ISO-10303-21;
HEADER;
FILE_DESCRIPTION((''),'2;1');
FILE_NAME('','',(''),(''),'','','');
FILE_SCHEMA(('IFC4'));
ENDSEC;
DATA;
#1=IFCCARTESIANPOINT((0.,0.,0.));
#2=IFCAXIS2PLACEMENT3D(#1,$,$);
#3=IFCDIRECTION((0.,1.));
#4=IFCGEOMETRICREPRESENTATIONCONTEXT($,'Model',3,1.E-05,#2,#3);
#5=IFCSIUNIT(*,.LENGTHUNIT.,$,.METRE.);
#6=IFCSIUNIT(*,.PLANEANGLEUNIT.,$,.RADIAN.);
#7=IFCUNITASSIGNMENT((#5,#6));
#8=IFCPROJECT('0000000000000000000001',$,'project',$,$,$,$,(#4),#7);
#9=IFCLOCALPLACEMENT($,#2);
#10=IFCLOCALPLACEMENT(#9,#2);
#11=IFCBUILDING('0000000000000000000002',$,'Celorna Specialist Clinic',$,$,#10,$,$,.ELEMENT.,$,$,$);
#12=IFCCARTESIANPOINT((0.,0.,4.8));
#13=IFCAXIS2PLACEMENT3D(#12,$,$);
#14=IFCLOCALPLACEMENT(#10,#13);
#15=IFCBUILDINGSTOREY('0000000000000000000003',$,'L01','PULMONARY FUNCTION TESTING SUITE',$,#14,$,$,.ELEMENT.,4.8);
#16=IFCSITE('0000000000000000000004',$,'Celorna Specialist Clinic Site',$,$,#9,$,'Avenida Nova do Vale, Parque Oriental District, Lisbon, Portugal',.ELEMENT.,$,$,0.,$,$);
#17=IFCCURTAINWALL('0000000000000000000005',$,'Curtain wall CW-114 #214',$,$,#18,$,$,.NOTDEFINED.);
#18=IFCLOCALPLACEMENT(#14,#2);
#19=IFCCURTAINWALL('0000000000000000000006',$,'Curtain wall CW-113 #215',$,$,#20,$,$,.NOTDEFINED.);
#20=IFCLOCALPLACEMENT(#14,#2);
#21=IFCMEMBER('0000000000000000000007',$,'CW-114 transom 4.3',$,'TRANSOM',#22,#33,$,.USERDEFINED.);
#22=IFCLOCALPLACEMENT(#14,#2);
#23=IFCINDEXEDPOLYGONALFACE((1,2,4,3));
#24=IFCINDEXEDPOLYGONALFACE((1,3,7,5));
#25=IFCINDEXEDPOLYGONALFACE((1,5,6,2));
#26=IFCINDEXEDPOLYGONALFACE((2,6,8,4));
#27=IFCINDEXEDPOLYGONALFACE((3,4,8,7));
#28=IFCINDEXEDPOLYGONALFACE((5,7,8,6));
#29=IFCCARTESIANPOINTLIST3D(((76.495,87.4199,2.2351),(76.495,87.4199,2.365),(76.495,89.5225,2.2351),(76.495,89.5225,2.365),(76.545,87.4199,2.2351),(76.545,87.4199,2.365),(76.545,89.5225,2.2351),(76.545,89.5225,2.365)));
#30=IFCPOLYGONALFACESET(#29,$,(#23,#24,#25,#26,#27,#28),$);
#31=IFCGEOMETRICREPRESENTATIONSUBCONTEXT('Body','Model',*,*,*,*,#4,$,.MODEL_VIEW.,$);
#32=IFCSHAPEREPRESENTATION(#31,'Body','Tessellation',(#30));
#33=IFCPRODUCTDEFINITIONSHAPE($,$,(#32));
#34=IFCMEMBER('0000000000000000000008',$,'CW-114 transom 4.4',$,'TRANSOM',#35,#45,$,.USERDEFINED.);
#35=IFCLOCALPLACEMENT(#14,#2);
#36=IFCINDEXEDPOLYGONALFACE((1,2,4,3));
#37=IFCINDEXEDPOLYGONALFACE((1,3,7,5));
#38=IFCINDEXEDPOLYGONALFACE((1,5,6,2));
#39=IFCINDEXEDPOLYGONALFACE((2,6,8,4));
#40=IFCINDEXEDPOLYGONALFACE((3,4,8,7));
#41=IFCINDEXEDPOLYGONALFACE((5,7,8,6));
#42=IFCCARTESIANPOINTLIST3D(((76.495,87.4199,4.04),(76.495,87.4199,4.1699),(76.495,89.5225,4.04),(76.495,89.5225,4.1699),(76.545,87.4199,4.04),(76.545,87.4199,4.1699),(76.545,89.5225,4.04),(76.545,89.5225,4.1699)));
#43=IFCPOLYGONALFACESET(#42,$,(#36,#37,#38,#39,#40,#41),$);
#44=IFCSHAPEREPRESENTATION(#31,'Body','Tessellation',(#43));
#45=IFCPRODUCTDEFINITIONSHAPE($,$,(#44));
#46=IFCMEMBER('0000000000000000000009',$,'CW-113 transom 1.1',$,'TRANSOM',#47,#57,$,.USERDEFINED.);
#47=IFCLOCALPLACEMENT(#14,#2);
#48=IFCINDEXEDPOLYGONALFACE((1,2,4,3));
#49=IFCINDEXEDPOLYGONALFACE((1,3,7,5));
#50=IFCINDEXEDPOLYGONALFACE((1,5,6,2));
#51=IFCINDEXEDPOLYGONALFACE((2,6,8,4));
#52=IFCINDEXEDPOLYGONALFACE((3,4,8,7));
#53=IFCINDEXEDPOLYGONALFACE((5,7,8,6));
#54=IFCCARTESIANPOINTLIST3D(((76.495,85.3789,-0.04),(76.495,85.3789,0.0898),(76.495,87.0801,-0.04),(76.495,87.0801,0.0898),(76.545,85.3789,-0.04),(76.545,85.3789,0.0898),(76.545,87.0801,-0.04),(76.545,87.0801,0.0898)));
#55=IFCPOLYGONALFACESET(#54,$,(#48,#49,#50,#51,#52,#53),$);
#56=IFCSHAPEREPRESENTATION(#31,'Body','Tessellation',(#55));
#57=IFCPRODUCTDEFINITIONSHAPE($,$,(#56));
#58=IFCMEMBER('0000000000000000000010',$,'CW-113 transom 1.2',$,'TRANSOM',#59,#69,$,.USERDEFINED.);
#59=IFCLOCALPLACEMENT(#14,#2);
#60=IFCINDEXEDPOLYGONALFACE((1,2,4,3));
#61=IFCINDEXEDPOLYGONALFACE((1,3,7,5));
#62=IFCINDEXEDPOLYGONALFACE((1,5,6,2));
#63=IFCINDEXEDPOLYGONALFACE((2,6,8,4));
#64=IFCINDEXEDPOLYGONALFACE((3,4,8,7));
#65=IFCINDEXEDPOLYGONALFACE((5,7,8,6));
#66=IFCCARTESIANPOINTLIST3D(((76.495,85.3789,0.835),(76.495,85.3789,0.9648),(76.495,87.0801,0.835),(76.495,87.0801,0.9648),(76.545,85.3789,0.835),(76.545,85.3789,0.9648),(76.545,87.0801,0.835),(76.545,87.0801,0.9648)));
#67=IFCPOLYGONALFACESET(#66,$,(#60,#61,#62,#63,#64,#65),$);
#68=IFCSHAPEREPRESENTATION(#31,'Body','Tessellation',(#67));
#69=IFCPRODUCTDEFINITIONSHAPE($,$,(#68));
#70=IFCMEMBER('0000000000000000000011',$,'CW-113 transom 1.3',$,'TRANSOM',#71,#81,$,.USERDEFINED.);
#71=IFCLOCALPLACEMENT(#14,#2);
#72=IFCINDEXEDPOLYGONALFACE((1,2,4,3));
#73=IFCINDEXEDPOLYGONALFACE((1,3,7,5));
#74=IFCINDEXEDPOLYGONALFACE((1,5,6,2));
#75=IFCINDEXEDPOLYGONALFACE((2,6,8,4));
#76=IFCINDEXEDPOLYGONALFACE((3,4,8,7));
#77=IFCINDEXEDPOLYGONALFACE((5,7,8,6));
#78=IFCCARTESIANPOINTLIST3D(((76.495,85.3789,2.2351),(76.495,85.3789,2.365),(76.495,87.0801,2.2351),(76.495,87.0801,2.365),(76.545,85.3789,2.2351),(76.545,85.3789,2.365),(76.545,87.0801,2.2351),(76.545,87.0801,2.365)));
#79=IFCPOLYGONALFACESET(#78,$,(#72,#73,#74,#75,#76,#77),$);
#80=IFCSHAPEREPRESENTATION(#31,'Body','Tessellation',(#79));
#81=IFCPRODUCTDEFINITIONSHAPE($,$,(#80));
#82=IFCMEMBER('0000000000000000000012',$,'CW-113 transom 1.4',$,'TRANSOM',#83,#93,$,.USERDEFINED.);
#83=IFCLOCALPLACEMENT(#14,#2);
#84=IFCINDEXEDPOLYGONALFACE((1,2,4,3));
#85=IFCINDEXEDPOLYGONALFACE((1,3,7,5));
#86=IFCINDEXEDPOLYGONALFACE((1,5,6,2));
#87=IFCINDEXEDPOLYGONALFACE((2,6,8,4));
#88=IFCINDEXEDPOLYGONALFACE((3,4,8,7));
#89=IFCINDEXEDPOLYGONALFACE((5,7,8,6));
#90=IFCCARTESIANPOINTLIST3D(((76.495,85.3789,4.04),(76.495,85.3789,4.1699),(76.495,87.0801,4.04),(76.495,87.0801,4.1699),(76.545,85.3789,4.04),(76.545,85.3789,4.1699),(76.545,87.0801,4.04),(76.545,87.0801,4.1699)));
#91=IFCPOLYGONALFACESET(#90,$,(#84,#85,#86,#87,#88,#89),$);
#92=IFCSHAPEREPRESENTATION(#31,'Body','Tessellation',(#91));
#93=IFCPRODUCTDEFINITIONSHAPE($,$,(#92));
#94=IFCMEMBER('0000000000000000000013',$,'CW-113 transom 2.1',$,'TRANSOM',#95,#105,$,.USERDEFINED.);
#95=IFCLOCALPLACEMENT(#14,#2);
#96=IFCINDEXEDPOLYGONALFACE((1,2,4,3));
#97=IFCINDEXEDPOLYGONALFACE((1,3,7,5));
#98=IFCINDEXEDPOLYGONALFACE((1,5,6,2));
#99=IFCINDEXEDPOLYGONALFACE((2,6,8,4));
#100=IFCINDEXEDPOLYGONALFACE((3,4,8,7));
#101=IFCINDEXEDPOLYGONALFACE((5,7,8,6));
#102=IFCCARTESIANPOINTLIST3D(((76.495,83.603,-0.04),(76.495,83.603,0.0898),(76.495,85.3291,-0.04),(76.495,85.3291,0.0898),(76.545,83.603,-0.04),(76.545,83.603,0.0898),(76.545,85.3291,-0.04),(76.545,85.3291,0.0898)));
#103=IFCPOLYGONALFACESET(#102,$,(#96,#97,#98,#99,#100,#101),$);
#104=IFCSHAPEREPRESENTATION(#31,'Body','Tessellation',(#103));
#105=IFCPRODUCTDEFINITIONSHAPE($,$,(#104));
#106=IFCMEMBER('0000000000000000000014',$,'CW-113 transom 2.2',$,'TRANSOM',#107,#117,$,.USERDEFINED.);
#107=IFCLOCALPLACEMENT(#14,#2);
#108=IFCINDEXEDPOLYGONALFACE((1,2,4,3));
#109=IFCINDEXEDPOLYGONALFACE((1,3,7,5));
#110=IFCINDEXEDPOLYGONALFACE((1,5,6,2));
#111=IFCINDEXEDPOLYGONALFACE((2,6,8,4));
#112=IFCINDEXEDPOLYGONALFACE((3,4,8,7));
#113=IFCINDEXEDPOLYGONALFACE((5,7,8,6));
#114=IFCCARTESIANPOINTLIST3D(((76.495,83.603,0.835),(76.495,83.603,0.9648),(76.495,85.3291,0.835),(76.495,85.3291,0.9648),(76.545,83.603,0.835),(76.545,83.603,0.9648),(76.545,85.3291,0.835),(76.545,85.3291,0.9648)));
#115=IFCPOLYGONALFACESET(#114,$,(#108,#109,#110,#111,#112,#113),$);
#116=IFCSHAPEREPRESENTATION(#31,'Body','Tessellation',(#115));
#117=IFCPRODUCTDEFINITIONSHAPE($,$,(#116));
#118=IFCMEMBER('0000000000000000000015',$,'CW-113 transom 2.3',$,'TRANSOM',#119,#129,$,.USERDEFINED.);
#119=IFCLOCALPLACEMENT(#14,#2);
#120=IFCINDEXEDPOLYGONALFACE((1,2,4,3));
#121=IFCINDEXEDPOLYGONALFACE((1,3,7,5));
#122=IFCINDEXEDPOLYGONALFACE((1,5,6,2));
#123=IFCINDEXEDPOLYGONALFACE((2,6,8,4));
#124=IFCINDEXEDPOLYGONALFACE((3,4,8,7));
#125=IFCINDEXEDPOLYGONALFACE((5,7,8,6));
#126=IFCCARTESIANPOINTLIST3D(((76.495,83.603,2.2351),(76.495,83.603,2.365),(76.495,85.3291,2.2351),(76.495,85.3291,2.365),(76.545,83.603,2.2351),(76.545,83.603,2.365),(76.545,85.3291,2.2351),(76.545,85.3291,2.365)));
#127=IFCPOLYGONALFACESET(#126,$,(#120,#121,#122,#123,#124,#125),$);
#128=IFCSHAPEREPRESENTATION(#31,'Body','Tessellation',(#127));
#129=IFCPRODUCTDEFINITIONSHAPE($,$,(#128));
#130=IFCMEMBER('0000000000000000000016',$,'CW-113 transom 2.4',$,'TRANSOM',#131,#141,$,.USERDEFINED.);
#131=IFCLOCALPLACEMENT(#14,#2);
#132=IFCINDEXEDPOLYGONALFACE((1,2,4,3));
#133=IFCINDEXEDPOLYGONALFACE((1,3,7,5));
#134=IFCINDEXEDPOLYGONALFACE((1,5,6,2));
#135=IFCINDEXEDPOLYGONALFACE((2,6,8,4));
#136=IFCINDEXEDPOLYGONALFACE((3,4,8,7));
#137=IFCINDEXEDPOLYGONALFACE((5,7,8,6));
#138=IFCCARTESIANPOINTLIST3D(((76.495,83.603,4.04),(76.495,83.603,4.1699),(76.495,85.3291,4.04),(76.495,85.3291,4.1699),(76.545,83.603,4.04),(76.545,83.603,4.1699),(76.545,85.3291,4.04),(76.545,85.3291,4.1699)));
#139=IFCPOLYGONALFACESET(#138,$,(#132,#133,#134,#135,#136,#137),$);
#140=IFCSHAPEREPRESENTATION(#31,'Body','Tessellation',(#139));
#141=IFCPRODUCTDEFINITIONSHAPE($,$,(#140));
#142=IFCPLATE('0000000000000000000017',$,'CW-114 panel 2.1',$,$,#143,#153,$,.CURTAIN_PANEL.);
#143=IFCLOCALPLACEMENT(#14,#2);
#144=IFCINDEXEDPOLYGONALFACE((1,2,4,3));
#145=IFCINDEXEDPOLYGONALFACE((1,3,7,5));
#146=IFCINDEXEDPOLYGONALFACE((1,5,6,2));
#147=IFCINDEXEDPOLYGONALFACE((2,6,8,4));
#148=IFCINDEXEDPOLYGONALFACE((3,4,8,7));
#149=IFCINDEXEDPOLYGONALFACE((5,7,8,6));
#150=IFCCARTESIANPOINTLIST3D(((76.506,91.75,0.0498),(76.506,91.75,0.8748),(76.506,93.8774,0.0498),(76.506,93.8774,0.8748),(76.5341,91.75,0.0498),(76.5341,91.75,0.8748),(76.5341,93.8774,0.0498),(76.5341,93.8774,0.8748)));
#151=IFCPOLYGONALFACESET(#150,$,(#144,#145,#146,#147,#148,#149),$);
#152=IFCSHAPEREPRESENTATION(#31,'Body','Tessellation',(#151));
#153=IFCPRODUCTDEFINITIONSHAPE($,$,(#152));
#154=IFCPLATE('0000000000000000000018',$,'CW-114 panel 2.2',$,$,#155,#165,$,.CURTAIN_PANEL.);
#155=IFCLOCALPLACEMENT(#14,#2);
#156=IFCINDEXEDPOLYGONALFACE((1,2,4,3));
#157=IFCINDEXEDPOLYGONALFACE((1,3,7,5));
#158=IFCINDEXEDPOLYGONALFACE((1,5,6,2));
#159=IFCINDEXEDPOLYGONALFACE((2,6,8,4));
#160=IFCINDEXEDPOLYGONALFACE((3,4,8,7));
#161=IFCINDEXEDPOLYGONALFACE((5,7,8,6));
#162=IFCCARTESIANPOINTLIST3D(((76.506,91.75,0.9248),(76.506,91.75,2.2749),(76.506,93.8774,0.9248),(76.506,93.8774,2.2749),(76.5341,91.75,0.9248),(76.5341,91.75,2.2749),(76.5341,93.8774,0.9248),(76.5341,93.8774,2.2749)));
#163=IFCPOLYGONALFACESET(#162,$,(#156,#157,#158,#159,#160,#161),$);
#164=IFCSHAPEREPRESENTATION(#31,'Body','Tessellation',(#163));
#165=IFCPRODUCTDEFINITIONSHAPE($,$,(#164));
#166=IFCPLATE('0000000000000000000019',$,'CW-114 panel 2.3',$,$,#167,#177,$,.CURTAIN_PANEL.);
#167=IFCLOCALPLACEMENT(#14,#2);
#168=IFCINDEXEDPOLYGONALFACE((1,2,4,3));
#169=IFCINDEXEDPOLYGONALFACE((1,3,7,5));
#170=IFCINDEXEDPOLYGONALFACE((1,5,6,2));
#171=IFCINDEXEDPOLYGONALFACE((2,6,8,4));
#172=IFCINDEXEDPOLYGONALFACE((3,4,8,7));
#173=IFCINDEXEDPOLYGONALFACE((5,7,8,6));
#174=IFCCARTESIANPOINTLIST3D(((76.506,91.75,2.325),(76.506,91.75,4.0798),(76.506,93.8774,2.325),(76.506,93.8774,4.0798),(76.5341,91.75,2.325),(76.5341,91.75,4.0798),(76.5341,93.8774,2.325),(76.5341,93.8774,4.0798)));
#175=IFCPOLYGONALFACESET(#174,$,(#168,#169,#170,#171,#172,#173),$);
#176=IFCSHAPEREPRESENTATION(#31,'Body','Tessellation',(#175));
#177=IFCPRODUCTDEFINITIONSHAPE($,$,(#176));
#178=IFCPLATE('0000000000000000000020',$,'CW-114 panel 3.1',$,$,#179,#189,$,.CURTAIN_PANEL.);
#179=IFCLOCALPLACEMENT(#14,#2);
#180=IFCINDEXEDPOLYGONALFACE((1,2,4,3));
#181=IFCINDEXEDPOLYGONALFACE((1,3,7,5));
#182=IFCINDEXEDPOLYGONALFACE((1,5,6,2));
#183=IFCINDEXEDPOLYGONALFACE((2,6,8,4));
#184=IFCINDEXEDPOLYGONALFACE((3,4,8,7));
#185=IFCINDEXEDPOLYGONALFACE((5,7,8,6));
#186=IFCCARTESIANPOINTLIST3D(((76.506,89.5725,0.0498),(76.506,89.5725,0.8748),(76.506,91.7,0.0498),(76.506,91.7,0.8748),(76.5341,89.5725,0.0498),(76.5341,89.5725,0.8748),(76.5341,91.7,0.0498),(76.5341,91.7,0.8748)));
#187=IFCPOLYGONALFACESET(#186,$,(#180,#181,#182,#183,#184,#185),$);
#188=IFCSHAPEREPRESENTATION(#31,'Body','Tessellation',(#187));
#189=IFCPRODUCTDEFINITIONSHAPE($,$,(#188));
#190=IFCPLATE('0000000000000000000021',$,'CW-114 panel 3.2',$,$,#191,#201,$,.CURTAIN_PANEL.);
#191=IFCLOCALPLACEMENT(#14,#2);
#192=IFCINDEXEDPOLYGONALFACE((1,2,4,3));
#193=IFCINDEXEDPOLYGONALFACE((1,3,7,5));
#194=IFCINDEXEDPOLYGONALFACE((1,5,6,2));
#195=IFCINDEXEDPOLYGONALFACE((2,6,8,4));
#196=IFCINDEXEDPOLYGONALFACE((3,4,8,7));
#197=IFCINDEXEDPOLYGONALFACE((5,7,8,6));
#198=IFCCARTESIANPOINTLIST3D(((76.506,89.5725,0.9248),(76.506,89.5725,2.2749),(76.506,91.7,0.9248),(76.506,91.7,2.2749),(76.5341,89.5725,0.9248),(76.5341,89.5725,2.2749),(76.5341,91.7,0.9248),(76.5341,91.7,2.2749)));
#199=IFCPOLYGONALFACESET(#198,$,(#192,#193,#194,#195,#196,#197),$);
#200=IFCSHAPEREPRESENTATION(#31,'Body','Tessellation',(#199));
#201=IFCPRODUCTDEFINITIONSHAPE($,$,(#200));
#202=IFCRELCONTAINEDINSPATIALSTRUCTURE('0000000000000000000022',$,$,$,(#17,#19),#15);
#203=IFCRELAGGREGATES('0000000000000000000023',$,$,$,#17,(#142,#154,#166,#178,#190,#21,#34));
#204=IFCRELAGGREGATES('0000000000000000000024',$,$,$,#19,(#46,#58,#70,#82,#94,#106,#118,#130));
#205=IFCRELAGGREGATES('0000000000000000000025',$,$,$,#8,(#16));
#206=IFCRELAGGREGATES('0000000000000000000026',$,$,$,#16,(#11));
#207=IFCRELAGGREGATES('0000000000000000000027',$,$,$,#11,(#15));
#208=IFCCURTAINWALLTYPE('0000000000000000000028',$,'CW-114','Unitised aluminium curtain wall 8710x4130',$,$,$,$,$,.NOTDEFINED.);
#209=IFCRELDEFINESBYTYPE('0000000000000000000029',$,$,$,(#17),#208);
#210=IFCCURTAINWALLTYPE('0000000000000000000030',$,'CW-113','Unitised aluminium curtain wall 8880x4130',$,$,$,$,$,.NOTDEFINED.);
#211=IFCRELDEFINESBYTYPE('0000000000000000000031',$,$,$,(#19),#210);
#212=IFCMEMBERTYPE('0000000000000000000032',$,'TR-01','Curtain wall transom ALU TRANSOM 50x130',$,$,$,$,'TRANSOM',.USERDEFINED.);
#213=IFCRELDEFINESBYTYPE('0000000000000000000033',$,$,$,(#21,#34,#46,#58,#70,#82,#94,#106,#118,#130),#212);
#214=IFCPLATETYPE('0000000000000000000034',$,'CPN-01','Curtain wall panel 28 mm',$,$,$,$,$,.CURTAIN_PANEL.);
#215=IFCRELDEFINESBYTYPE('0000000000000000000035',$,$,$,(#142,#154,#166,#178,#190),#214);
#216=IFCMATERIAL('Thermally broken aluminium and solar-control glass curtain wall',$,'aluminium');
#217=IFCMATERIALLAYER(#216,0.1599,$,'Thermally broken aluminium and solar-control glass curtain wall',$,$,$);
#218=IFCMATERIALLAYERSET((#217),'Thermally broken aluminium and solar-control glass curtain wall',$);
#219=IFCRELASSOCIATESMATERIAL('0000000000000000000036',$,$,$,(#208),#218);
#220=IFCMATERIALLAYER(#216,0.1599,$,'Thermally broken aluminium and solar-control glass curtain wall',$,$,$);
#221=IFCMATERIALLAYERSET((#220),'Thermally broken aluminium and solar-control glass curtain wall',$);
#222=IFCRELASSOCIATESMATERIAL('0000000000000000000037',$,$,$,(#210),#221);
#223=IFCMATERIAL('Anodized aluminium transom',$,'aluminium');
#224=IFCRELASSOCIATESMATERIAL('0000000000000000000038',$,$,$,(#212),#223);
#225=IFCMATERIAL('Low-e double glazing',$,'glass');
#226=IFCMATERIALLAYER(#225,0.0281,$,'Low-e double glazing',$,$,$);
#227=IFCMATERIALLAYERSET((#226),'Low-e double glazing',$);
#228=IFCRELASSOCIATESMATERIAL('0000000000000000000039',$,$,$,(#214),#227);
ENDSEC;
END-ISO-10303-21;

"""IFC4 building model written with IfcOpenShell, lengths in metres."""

from ifc_helpers import new_model, si_unit, direction, frame, origin, origin_2d, place, context, subcontext, project, spatial, rectangle, extrude, material, layer, layer_set, material_profile, profile_set, type_object, element, aggregate, save


model = new_model("IFC4")

# Units and contexts
model_context = context("Model", 3, precision=1e-05, world=origin(), true_north=direction((0.0, 1.0)))
body_context = subcontext(model_context, "Body", "Model", "MODEL_VIEW")
ifc_project = project(units=[si_unit("LENGTHUNIT", "METRE"), si_unit("PLANEANGLEUNIT", "RADIAN")], contexts=[model_context])

# Site, building, storey
site_placement = place(None, origin())
site = spatial("IfcSite", under=ifc_project, at=site_placement, Name="Celorna Specialist Clinic Site", LongName="Avenida Nova do Vale, Parque Oriental District, Lisbon, Portugal", CompositionType="ELEMENT", RefElevation=0.0)
building_placement = place(site_placement, origin())
building = spatial("IfcBuilding", under=site, at=building_placement, Name="Celorna Specialist Clinic", CompositionType="ELEMENT")
storey_placement = place(building_placement, frame((0.0, 0.0, 4.8)))
storey = spatial("IfcBuildingStorey", under=building, at=storey_placement, Name="L01", Description="PULMONARY FUNCTION TESTING SUITE", CompositionType="ELEMENT", Elevation=4.8)

# Curtain walls
ifc_material_1 = material(Name="Thermally broken aluminium and solar-control glass curtain wall", Category="aluminium")
ifc_layer_1 = layer(ifc_material_1, 0.1599, Name="Thermally broken aluminium and solar-control glass curtain wall")
ifc_layer_set_1 = layer_set([ifc_layer_1], Name="Thermally broken aluminium and solar-control glass curtain wall")
curtain_wall_type_1 = type_object("IfcCurtainWallType", Name="CW-114", Description="Unitised aluminium curtain wall 8710x4130", PredefinedType="NOTDEFINED", material=ifc_layer_set_1)
curtain_wall_1_placement = place(storey_placement, origin())
curtain_wall_1 = element("IfcCurtainWall", 1, at=curtain_wall_1_placement, inside=storey, type_object=curtain_wall_type_1, Name="Curtain wall CW-114 #214", PredefinedType="NOTDEFINED")
ifc_layer_2 = layer(ifc_material_1, 0.1599, Name="Thermally broken aluminium and solar-control glass curtain wall")
ifc_layer_set_2 = layer_set([ifc_layer_2], Name="Thermally broken aluminium and solar-control glass curtain wall")
curtain_wall_type_2 = type_object("IfcCurtainWallType", Name="CW-113", Description="Unitised aluminium curtain wall 8880x4130", PredefinedType="NOTDEFINED", material=ifc_layer_set_2)
curtain_wall_2_placement = place(storey_placement, origin())
curtain_wall_2 = element("IfcCurtainWall", 2, at=curtain_wall_2_placement, inside=storey, type_object=curtain_wall_type_2, Name="Curtain wall CW-113 #215", PredefinedType="NOTDEFINED")

# Members
ifc_material_2 = material(Name="Anodized aluminium transom", Category="aluminium")
ifc_material_profile_1 = material_profile(ifc_material_2, rectangle(XDim=0.05, YDim=0.1299, at=origin_2d()), Name="ALU TRANSOM 50x130")
ifc_profile_set_1 = profile_set([ifc_material_profile_1], Name="Anodized aluminium transom")
member_type_1 = type_object("IfcMemberType", Name="TR-01", Description="Curtain wall transom ALU TRANSOM 50x130", ElementType="TRANSOM", PredefinedType="USERDEFINED", material=ifc_profile_set_1)
member_1_placement = place(storey_placement, frame((76.52, 89.5225, 2.3), z_axis=(0.0, -1.0, 0.0), x_axis=(1.0, 0.0, 0.0)))
member_1 = element("IfcMember", 3, at=member_1_placement, type_object=member_type_1, Name="CW-114 transom 4.3", ObjectType="TRANSOM", PredefinedType="USERDEFINED", context=body_context, shape_type="SweptSolid", body=[
    extrude(rectangle(XDim=0.05, YDim=0.1299, at=origin_2d()), origin(), (0.0, 0.0, 1.0), 2.1025),
])
member_2_placement = place(storey_placement, frame((76.52, 89.5225, 4.105), z_axis=(0.0, -1.0, 0.0), x_axis=(1.0, 0.0, 0.0)))
member_2 = element("IfcMember", 4, at=member_2_placement, type_object=member_type_1, Name="CW-114 transom 4.4", ObjectType="TRANSOM", PredefinedType="USERDEFINED", context=body_context, shape_type="SweptSolid", body=[
    extrude(rectangle(XDim=0.05, YDim=0.1299, at=origin_2d()), origin(), (0.0, 0.0, 1.0), 2.1025),
])
member_3_placement = place(storey_placement, frame((76.52, 87.0801, 0.0249), z_axis=(0.0, -1.0, 0.0), x_axis=(1.0, 0.0, 0.0)))
member_3 = element("IfcMember", 5, at=member_3_placement, type_object=member_type_1, Name="CW-113 transom 1.1", ObjectType="TRANSOM", PredefinedType="USERDEFINED", context=body_context, shape_type="SweptSolid", body=[
    extrude(rectangle(XDim=0.05, YDim=0.1299, at=origin_2d()), origin(), (0.0, 0.0, 1.0), 1.7012),
])
member_4_placement = place(storey_placement, frame((76.52, 87.0801, 0.8999), z_axis=(0.0, -1.0, 0.0), x_axis=(1.0, 0.0, 0.0)))
member_4 = element("IfcMember", 6, at=member_4_placement, type_object=member_type_1, Name="CW-113 transom 1.2", ObjectType="TRANSOM", PredefinedType="USERDEFINED", context=body_context, shape_type="SweptSolid", body=[
    extrude(rectangle(XDim=0.05, YDim=0.1299, at=origin_2d()), origin(), (0.0, 0.0, 1.0), 1.7012),
])
member_5_placement = place(storey_placement, frame((76.52, 87.0801, 2.3), z_axis=(0.0, -1.0, 0.0), x_axis=(1.0, 0.0, 0.0)))
member_5 = element("IfcMember", 7, at=member_5_placement, type_object=member_type_1, Name="CW-113 transom 1.3", ObjectType="TRANSOM", PredefinedType="USERDEFINED", context=body_context, shape_type="SweptSolid", body=[
    extrude(rectangle(XDim=0.05, YDim=0.1299, at=origin_2d()), origin(), (0.0, 0.0, 1.0), 1.7012),
])
member_6_placement = place(storey_placement, frame((76.52, 87.0801, 4.105), z_axis=(0.0, -1.0, 0.0), x_axis=(1.0, 0.0, 0.0)))
member_6 = element("IfcMember", 8, at=member_6_placement, type_object=member_type_1, Name="CW-113 transom 1.4", ObjectType="TRANSOM", PredefinedType="USERDEFINED", context=body_context, shape_type="SweptSolid", body=[
    extrude(rectangle(XDim=0.05, YDim=0.1299, at=origin_2d()), origin(), (0.0, 0.0, 1.0), 1.7012),
])
member_7_placement = place(storey_placement, frame((76.52, 85.3291, 0.0249), z_axis=(0.0, -1.0, 0.0), x_axis=(1.0, 0.0, 0.0)))
member_7 = element("IfcMember", 9, at=member_7_placement, type_object=member_type_1, Name="CW-113 transom 2.1", ObjectType="TRANSOM", PredefinedType="USERDEFINED", context=body_context, shape_type="SweptSolid", body=[
    extrude(rectangle(XDim=0.05, YDim=0.1299, at=origin_2d()), origin(), (0.0, 0.0, 1.0), 1.7261),
])
member_8_placement = place(storey_placement, frame((76.52, 85.3291, 0.8999), z_axis=(0.0, -1.0, 0.0), x_axis=(1.0, 0.0, 0.0)))
member_8 = element("IfcMember", 10, at=member_8_placement, type_object=member_type_1, Name="CW-113 transom 2.2", ObjectType="TRANSOM", PredefinedType="USERDEFINED", context=body_context, shape_type="SweptSolid", body=[
    extrude(rectangle(XDim=0.05, YDim=0.1299, at=origin_2d()), origin(), (0.0, 0.0, 1.0), 1.7261),
])
member_9_placement = place(storey_placement, frame((76.52, 85.3291, 2.3), z_axis=(0.0, -1.0, 0.0), x_axis=(1.0, 0.0, 0.0)))
member_9 = element("IfcMember", 11, at=member_9_placement, type_object=member_type_1, Name="CW-113 transom 2.3", ObjectType="TRANSOM", PredefinedType="USERDEFINED", context=body_context, shape_type="SweptSolid", body=[
    extrude(rectangle(XDim=0.05, YDim=0.1299, at=origin_2d()), origin(), (0.0, 0.0, 1.0), 1.7261),
])
member_10_placement = place(storey_placement, frame((76.52, 85.3291, 4.105), z_axis=(0.0, -1.0, 0.0), x_axis=(1.0, 0.0, 0.0)))
member_10 = element("IfcMember", 12, at=member_10_placement, type_object=member_type_1, Name="CW-113 transom 2.4", ObjectType="TRANSOM", PredefinedType="USERDEFINED", context=body_context, shape_type="SweptSolid", body=[
    extrude(rectangle(XDim=0.05, YDim=0.1299, at=origin_2d()), origin(), (0.0, 0.0, 1.0), 1.7261),
])

# Plates
ifc_material_3 = material(Name="Low-e double glazing", Category="glass")
ifc_layer_3 = layer(ifc_material_3, 0.0281, Name="Low-e double glazing")
ifc_layer_set_3 = layer_set([ifc_layer_3], Name="Low-e double glazing")
plate_type_1 = type_object("IfcPlateType", Name="CPN-01", Description="Curtain wall panel 28 mm", PredefinedType="CURTAIN_PANEL", material=ifc_layer_set_3)
plate_1_placement = place(storey_placement, frame((76.52, 92.8137, 0.0498), z_axis=(0.0, 0.0, 1.0), x_axis=(0.0, -1.0, 0.0)))
plate_1 = element("IfcPlate", 13, at=plate_1_placement, type_object=plate_type_1, Name="CW-114 panel 2.1", PredefinedType="CURTAIN_PANEL", context=body_context, shape_type="SweptSolid", body=[
    extrude(rectangle(XDim=2.1274, YDim=0.0281, at=origin_2d()), origin(), (0.0, 0.0, 1.0), 0.825),
])
plate_2_placement = place(storey_placement, frame((76.52, 92.8137, 0.9248), z_axis=(0.0, 0.0, 1.0), x_axis=(0.0, -1.0, 0.0)))
plate_2 = element("IfcPlate", 14, at=plate_2_placement, type_object=plate_type_1, Name="CW-114 panel 2.2", PredefinedType="CURTAIN_PANEL", context=body_context, shape_type="SweptSolid", body=[
    extrude(rectangle(XDim=2.1274, YDim=0.0281, at=origin_2d()), origin(), (0.0, 0.0, 1.0), 1.3501),
])
plate_3_placement = place(storey_placement, frame((76.52, 92.8137, 2.325), z_axis=(0.0, 0.0, 1.0), x_axis=(0.0, -1.0, 0.0)))
plate_3 = element("IfcPlate", 15, at=plate_3_placement, type_object=plate_type_1, Name="CW-114 panel 2.3", PredefinedType="CURTAIN_PANEL", context=body_context, shape_type="SweptSolid", body=[
    extrude(rectangle(XDim=2.1274, YDim=0.0281, at=origin_2d()), origin(), (0.0, 0.0, 1.0), 1.7549),
])
plate_4_placement = place(storey_placement, frame((76.52, 90.6362, 0.0498), z_axis=(0.0, 0.0, 1.0), x_axis=(0.0, -1.0, 0.0)))
plate_4 = element("IfcPlate", 16, at=plate_4_placement, type_object=plate_type_1, Name="CW-114 panel 3.1", PredefinedType="CURTAIN_PANEL", context=body_context, shape_type="SweptSolid", body=[
    extrude(rectangle(XDim=2.1274, YDim=0.0281, at=origin_2d()), origin(), (0.0, 0.0, 1.0), 0.825),
])
plate_5_placement = place(storey_placement, frame((76.52, 90.6362, 0.9248), z_axis=(0.0, 0.0, 1.0), x_axis=(0.0, -1.0, 0.0)))
plate_5 = element("IfcPlate", 17, at=plate_5_placement, type_object=plate_type_1, Name="CW-114 panel 3.2", PredefinedType="CURTAIN_PANEL", context=body_context, shape_type="SweptSolid", body=[
    extrude(rectangle(XDim=2.1274, YDim=0.0281, at=origin_2d()), origin(), (0.0, 0.0, 1.0), 1.3501),
])
aggregate(curtain_wall_1, [plate_1, plate_2, plate_3, plate_4, plate_5, member_1, member_2])
aggregate(curtain_wall_2, [member_3, member_4, member_5, member_6, member_7, member_8, member_9, member_10])

save(model, "model.ifc")
